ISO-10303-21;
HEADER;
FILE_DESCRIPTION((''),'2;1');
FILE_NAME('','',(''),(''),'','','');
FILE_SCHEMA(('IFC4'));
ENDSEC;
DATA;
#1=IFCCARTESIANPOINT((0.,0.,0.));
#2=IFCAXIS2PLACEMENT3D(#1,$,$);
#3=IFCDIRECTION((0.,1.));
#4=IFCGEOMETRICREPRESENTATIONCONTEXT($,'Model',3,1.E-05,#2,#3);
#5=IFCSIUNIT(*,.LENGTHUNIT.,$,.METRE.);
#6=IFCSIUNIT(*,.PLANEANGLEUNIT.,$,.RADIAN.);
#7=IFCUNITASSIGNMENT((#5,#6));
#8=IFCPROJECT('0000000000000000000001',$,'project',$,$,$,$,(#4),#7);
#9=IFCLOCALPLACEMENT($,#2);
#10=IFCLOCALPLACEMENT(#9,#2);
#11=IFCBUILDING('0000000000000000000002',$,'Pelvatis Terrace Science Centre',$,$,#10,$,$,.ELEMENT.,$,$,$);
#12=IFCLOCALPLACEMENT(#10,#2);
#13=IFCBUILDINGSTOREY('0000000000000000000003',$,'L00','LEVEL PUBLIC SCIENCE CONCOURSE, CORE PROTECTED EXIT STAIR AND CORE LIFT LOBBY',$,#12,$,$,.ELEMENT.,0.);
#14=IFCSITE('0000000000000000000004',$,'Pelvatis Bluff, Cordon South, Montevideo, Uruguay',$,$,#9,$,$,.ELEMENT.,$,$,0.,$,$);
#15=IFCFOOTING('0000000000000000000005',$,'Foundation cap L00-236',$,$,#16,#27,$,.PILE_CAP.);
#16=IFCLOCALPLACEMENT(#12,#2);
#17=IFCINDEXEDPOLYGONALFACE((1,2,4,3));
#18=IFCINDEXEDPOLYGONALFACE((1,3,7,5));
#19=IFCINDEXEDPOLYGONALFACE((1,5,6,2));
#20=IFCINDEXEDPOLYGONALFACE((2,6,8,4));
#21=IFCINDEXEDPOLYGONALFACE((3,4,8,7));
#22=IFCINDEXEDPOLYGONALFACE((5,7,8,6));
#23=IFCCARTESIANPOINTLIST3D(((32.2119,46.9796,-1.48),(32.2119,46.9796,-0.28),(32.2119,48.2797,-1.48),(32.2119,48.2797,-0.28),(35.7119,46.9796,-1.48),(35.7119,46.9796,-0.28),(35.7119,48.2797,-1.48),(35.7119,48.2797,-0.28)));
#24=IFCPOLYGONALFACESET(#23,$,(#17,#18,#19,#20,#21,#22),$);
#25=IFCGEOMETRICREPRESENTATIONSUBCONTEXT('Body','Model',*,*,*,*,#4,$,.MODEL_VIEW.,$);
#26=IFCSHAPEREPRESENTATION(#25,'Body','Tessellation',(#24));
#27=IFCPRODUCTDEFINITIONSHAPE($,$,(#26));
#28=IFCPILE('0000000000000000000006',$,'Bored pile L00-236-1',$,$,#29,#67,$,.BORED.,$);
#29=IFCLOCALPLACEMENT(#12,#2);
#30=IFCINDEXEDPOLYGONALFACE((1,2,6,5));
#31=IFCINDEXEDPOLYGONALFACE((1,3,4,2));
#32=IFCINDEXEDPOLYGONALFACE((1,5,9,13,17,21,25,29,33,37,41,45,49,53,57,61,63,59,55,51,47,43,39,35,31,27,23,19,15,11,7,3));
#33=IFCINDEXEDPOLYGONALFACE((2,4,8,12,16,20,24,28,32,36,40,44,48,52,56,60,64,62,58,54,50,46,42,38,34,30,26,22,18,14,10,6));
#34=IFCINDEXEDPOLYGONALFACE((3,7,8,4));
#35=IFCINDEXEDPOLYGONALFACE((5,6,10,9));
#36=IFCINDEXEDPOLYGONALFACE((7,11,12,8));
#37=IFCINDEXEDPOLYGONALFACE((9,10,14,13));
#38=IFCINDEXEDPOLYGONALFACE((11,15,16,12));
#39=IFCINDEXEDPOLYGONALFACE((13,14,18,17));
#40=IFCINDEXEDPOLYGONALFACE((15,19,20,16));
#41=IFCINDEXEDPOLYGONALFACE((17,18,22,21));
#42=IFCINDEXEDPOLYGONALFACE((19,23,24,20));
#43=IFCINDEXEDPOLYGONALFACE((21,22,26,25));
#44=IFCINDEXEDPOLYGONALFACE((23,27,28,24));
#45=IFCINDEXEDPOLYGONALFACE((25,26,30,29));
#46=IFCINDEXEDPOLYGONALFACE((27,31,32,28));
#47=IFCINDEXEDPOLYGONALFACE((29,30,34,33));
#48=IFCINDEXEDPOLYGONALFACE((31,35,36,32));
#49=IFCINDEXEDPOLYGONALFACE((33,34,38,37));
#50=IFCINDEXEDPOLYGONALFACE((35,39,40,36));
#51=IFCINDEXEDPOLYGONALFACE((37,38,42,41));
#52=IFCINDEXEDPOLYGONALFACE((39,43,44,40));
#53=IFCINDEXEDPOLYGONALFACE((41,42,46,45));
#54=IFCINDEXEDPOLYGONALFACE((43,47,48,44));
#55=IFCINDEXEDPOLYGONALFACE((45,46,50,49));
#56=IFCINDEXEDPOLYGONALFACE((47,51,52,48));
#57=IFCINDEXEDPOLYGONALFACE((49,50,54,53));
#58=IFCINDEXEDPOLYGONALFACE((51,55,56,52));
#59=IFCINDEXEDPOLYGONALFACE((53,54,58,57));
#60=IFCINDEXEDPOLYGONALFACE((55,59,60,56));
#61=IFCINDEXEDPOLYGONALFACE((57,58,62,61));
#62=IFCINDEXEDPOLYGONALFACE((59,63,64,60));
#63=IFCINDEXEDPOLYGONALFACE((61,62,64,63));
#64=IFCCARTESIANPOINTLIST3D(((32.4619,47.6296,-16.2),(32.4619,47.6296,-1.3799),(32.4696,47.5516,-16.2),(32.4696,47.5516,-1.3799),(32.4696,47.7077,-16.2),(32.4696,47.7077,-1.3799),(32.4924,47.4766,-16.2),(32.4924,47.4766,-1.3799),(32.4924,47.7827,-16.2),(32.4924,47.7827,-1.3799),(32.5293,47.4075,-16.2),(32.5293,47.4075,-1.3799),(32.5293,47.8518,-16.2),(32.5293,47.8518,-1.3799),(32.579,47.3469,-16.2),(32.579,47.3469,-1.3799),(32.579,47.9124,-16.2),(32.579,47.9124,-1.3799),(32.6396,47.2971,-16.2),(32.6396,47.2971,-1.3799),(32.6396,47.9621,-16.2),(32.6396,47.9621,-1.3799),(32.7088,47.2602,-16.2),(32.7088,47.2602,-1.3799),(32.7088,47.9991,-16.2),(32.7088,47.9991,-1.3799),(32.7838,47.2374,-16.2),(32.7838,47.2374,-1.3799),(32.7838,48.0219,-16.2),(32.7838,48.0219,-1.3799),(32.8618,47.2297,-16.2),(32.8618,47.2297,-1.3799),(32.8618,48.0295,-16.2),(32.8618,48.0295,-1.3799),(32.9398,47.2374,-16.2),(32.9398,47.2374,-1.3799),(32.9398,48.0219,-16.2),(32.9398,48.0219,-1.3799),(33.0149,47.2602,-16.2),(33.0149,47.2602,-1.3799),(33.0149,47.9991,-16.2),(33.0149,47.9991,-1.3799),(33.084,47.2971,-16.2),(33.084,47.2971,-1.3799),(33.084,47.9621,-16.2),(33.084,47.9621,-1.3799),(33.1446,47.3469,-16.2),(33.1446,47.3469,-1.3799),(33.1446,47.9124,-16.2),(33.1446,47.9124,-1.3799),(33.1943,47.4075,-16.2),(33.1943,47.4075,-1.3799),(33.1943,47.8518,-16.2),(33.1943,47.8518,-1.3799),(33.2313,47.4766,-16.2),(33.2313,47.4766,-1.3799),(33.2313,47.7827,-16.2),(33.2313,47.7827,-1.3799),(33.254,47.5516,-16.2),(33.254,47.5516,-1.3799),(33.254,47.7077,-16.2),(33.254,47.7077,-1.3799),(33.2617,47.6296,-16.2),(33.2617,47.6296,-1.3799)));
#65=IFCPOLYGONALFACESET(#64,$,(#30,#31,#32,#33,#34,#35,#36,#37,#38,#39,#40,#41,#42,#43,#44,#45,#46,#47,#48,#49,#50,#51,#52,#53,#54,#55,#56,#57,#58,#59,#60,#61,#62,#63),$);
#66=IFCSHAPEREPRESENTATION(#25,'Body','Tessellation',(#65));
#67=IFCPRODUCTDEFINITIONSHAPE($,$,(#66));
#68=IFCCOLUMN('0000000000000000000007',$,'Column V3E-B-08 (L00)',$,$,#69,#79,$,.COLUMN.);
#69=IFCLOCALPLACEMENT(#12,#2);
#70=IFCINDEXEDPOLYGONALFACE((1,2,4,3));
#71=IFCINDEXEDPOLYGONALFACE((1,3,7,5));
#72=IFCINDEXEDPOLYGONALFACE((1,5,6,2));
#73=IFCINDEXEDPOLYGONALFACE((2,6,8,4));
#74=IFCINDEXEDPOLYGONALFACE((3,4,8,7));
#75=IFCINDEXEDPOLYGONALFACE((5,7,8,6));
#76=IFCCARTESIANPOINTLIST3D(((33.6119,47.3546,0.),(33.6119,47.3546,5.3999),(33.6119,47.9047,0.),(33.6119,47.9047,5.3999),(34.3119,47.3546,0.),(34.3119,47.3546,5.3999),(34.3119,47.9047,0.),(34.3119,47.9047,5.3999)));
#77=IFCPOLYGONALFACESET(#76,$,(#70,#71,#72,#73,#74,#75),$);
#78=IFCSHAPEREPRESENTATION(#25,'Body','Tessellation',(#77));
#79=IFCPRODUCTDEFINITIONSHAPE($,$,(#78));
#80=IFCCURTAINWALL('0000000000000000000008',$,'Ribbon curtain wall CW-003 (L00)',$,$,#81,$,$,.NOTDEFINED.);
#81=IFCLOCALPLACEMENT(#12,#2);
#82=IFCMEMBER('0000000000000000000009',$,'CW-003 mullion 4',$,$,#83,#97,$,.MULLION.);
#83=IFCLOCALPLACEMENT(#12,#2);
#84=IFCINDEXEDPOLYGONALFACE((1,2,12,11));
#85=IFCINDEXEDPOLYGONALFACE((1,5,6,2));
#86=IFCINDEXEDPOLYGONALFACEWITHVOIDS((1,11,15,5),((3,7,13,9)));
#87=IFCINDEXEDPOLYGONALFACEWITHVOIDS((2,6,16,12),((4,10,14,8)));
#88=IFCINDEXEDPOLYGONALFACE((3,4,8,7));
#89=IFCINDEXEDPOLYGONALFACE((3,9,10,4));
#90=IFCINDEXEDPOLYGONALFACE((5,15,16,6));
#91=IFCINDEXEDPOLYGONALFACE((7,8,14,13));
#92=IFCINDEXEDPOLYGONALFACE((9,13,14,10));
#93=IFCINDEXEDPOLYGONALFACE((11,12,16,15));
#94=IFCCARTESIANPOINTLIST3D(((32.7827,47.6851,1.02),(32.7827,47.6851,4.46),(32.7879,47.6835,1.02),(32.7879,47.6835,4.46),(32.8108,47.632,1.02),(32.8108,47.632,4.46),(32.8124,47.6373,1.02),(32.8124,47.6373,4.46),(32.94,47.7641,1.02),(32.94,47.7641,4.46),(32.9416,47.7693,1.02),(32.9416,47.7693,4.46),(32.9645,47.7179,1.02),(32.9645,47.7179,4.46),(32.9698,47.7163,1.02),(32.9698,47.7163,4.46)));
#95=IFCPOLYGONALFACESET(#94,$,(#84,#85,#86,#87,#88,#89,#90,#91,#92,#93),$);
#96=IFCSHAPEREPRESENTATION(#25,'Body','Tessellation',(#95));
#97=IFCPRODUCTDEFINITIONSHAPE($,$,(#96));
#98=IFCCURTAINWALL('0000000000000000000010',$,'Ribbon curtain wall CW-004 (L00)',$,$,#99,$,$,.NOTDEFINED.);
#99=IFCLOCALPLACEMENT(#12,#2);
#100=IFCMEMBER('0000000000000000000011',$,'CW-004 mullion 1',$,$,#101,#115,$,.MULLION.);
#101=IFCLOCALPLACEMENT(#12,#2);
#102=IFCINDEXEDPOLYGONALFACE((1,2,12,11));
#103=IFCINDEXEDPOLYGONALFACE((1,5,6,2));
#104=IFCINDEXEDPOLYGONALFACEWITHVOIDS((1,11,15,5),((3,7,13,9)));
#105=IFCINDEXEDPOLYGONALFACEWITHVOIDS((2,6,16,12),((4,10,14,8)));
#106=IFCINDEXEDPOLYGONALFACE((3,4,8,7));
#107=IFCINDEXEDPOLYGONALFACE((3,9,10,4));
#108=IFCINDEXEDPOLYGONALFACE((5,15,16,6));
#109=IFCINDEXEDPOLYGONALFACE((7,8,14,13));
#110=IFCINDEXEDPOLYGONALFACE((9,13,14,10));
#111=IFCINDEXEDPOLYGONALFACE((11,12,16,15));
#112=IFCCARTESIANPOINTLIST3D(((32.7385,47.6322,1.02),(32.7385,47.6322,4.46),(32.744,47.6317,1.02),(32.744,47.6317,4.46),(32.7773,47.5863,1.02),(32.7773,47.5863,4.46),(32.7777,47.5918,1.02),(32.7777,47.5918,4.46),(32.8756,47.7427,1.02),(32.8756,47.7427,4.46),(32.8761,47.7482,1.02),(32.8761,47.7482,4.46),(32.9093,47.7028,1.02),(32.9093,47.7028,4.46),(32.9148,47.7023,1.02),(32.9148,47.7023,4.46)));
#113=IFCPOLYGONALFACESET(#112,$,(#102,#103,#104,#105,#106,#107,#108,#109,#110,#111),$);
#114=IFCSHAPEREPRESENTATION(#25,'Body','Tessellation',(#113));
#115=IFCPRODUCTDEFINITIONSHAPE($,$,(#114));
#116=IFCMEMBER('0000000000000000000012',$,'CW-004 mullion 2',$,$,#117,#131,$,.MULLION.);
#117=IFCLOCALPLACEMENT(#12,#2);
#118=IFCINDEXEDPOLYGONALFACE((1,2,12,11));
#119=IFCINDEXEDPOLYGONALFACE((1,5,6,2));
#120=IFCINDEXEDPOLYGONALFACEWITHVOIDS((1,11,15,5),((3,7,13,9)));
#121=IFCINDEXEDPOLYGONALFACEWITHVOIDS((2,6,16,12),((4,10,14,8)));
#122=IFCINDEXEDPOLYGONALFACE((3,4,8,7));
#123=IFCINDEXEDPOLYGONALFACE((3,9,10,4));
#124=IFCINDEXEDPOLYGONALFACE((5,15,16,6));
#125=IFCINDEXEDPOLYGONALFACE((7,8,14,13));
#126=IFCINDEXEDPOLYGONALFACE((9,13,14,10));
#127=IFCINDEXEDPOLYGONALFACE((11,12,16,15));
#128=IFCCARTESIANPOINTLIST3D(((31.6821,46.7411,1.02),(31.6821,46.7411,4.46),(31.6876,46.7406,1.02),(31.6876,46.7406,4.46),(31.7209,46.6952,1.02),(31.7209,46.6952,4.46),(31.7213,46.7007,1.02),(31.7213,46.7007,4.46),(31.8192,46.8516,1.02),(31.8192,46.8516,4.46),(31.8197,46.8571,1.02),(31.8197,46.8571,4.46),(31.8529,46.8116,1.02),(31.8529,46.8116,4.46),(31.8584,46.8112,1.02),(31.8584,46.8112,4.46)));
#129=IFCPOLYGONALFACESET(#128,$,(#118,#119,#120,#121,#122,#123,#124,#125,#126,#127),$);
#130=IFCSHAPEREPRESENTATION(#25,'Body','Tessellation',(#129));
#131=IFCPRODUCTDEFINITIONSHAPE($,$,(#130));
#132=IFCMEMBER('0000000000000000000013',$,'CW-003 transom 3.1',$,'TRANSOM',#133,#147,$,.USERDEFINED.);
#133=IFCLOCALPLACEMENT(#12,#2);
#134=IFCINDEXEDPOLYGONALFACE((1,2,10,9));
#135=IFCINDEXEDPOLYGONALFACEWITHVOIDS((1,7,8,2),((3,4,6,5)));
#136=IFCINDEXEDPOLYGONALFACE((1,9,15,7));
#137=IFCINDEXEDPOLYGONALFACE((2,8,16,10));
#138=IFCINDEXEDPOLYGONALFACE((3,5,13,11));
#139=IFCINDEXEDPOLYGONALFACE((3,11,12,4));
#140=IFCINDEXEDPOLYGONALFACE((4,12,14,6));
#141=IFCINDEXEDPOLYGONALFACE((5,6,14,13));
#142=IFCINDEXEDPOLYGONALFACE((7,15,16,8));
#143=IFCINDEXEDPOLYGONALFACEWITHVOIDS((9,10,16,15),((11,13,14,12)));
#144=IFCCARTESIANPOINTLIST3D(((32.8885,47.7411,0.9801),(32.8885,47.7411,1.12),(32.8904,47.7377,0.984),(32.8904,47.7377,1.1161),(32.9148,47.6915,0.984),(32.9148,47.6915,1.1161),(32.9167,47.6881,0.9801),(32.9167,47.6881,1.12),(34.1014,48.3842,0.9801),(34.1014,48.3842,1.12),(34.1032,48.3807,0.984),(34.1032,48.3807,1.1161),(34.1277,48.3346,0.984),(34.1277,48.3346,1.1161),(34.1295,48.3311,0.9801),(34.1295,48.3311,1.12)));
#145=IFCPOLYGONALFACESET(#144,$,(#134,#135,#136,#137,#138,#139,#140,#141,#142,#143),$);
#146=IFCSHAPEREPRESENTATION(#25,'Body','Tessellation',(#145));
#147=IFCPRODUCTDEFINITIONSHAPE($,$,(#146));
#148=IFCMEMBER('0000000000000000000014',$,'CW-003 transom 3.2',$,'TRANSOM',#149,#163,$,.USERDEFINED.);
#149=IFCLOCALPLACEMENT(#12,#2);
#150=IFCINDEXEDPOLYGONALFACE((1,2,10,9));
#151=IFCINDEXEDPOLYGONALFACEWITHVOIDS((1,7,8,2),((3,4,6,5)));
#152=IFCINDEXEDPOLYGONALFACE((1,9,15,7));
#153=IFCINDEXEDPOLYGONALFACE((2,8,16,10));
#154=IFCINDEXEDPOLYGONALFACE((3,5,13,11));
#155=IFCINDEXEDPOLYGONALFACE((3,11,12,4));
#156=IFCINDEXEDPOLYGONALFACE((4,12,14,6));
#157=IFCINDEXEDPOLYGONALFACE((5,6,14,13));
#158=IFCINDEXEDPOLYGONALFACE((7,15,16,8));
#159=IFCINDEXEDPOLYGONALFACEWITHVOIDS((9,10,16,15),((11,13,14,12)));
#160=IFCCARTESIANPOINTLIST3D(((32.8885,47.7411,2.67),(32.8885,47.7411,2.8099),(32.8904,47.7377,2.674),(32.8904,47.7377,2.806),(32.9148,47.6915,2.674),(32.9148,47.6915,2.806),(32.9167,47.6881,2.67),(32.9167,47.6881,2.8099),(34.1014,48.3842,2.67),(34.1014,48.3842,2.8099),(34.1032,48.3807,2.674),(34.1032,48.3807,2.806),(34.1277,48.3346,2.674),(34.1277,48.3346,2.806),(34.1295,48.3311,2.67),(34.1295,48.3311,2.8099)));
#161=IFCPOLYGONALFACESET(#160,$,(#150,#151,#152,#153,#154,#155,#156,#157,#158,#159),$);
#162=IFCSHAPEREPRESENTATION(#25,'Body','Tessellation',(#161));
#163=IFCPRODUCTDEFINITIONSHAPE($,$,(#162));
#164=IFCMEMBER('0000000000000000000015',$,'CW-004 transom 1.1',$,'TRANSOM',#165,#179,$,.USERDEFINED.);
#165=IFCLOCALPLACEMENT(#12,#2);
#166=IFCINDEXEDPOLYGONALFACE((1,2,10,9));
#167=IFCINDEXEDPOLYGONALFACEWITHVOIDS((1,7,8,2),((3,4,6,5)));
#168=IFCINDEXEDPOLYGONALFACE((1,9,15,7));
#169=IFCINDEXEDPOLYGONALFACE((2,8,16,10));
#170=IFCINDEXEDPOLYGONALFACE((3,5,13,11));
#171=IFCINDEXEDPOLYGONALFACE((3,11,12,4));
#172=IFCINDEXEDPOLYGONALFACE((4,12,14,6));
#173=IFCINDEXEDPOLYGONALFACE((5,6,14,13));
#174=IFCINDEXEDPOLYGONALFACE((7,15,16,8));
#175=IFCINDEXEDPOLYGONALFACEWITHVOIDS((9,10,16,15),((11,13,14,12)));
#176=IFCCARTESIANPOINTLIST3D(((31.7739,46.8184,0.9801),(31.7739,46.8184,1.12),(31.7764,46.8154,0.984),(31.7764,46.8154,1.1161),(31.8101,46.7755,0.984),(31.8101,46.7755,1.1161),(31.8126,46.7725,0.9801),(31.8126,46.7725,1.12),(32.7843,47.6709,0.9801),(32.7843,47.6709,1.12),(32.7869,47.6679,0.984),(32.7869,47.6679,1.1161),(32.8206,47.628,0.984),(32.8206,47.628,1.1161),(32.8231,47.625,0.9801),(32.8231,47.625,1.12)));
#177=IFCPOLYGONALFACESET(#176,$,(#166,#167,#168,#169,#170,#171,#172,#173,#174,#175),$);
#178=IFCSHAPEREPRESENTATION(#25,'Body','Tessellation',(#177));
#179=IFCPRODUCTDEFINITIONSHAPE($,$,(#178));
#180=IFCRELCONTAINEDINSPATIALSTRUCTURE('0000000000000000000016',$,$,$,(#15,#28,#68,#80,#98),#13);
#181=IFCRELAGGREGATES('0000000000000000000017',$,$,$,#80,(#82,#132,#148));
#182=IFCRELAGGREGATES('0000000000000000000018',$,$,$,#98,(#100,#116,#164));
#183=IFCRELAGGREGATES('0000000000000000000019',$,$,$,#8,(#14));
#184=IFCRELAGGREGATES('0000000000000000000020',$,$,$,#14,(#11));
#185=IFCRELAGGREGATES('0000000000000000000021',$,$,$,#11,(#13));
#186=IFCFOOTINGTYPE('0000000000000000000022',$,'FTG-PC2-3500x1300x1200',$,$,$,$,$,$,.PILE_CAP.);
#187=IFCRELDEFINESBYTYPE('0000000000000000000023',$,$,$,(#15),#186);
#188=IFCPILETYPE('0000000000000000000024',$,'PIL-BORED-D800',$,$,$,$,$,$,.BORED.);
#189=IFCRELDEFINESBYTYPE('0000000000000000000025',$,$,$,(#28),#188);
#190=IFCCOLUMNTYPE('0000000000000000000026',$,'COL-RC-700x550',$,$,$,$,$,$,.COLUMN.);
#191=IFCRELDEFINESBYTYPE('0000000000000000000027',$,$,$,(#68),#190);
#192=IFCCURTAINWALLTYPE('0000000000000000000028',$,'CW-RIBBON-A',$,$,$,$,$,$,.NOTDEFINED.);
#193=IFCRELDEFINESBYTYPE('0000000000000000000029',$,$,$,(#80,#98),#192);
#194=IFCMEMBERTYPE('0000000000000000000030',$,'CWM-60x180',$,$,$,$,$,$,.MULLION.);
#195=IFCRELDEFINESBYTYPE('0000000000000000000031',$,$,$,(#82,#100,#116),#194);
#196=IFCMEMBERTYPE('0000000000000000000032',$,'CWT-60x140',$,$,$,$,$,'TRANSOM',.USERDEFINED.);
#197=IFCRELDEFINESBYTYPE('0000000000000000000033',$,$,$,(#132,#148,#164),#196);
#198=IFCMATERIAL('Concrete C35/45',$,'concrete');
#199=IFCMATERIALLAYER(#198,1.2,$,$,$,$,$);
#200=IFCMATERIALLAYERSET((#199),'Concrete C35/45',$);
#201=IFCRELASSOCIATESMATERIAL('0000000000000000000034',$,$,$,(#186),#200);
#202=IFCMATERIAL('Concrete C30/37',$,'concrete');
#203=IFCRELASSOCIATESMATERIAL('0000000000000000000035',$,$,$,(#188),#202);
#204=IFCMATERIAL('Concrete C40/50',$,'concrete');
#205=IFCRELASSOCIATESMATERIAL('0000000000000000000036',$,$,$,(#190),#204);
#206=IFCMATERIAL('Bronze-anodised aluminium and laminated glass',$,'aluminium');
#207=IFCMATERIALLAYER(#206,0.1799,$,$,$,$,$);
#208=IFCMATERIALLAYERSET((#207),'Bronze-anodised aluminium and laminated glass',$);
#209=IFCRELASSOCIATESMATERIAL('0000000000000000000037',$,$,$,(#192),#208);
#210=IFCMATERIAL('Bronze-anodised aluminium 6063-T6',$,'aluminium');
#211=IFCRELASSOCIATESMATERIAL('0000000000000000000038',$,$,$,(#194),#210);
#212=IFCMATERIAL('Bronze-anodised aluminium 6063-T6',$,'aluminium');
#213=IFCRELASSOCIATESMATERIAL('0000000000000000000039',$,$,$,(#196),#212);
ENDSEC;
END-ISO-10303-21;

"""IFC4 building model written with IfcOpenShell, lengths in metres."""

from ifc_helpers import new_model, si_unit, direction, frame, origin, origin_2d, place, context, subcontext, project, spatial, rectangle, hollow_rectangle, circle, extrude, material, layer, layer_set, material_profile, profile_set, type_object, element, aggregate, save


model = new_model("IFC4")

# Units and contexts
model_context = context("Model", 3, precision=1e-05, world=origin(), true_north=direction((0.0, 1.0)))
body_context = subcontext(model_context, "Body", "Model", "MODEL_VIEW")
ifc_project = project(units=[si_unit("LENGTHUNIT", "METRE"), si_unit("PLANEANGLEUNIT", "RADIAN")], contexts=[model_context])

# Site, building, storey
site_placement = place(None, origin())
site = spatial("IfcSite", under=ifc_project, at=site_placement, Name="Pelvatis Bluff, Cordon South, Montevideo, Uruguay", CompositionType="ELEMENT", RefElevation=0.0)
building_placement = place(site_placement, origin())
building = spatial("IfcBuilding", under=site, at=building_placement, Name="Pelvatis Terrace Science Centre", CompositionType="ELEMENT")
storey_placement = place(building_placement, origin())
storey = spatial("IfcBuildingStorey", under=building, at=storey_placement, Name="L00", Description="LEVEL PUBLIC SCIENCE CONCOURSE, CORE PROTECTED EXIT STAIR AND CORE LIFT LOBBY", CompositionType="ELEMENT", Elevation=0.0)

# Footing
ifc_material_1 = material(Name="Concrete C35/45", Category="concrete")
ifc_layer_1 = layer(ifc_material_1, 1.2)
ifc_layer_set_1 = layer_set([ifc_layer_1], Name="Concrete C35/45")
footing_type = type_object("IfcFootingType", Name="FTG-PC2-3500x1300x1200", PredefinedType="PILE_CAP", material=ifc_layer_set_1)
footing_placement = place(storey_placement, frame((33.9619, 47.6296, -1.48), z_axis=(0.0, 0.0, 1.0), x_axis=(1.0, 0.0, 0.0)))
element("IfcFooting", 1, at=footing_placement, inside=storey, type_object=footing_type, Name="Foundation cap L00-236", PredefinedType="PILE_CAP", context=body_context, shape_type="SweptSolid", body=[
    extrude(rectangle(XDim=3.5, YDim=1.3, at=origin_2d()), origin(), (0.0, 0.0, 1.0), 1.2),
])

# Pile
ifc_material_2 = material(Name="Concrete C30/37", Category="concrete")
ifc_material_profile_1 = material_profile(ifc_material_2, circle(Radius=0.3999, at=origin_2d()), Name="PILE D800")
ifc_profile_set_1 = profile_set([ifc_material_profile_1], Name="Concrete C30/37")
pile_type = type_object("IfcPileType", Name="PIL-BORED-D800", PredefinedType="BORED", material=ifc_profile_set_1)
pile_placement = place(storey_placement, frame((32.8618, 47.6296, -1.3799), z_axis=(0.0, 0.0, -1.0), x_axis=(1.0, 0.0, 0.0)))
element("IfcPile", 2, at=pile_placement, inside=storey, type_object=pile_type, Name="Bored pile L00-236-1", PredefinedType="BORED", context=body_context, shape_type="SweptSolid", body=[
    extrude(circle(Radius=0.3999, at=origin_2d()), origin(), (0.0, 0.0, 1.0), 14.8201),
])

# Column
ifc_material_3 = material(Name="Concrete C40/50", Category="concrete")
ifc_material_profile_2 = material_profile(ifc_material_3, rectangle(XDim=0.7, YDim=0.55, at=origin_2d()), Name="RC-COL 700x550")
ifc_profile_set_2 = profile_set([ifc_material_profile_2], Name="Concrete C40/50")
column_type = type_object("IfcColumnType", Name="COL-RC-700x550", PredefinedType="COLUMN", material=ifc_profile_set_2)
column_placement = place(storey_placement, frame((33.9619, 47.6296, 0.0), z_axis=(0.0, 0.0, 1.0), x_axis=(1.0, 0.0, 0.0)))
element("IfcColumn", 3, at=column_placement, inside=storey, type_object=column_type, Name="Column V3E-B-08 (L00)", PredefinedType="COLUMN", context=body_context, shape_type="SweptSolid", body=[
    extrude(rectangle(XDim=0.7, YDim=0.55, at=origin_2d()), origin(), (0.0, 0.0, 1.0), 5.3999),
])

# Curtain wall, member
ifc_material_4 = material(Name="Bronze-anodised aluminium and laminated glass", Category="aluminium")
ifc_layer_2 = layer(ifc_material_4, 0.1799)
ifc_layer_set_2 = layer_set([ifc_layer_2], Name="Bronze-anodised aluminium and laminated glass")
curtain_wall_type = type_object("IfcCurtainWallType", Name="CW-RIBBON-A", PredefinedType="NOTDEFINED", material=ifc_layer_set_2)
curtain_wall_1_placement = place(storey_placement, origin())
curtain_wall_1 = element("IfcCurtainWall", 4, at=curtain_wall_1_placement, inside=storey, type_object=curtain_wall_type, Name="Ribbon curtain wall CW-003 (L00)", PredefinedType="NOTDEFINED")
ifc_material_5 = material(Name="Bronze-anodised aluminium 6063-T6", Category="aluminium")
ifc_material_profile_3 = material_profile(ifc_material_5, hollow_rectangle(XDim=0.0601, YDim=0.1799, WallThickness=0.0039, at=origin_2d()), Name="ALU-MUL 60x180")
ifc_profile_set_3 = profile_set([ifc_material_profile_3], Name="Bronze-anodised aluminium 6063-T6")
member_type_1 = type_object("IfcMemberType", Name="CWM-60x180", PredefinedType="MULLION", material=ifc_profile_set_3)
member_1_placement = place(storey_placement, frame((32.8762, 47.7007, 1.02), z_axis=(0.0, 0.0, 1.0), x_axis=(0.468298, -0.883571, 0.0)))
member_1 = element("IfcMember", 5, at=member_1_placement, type_object=member_type_1, Name="CW-003 mullion 4", PredefinedType="MULLION", context=body_context, shape_type="SweptSolid", body=[
    extrude(hollow_rectangle(XDim=0.0601, YDim=0.1799, WallThickness=0.0039, at=origin_2d()), origin(), (0.0, 0.0, 1.0), 3.4399),
])

# Curtain wall, members
curtain_wall_2_placement = place(storey_placement, origin())
curtain_wall_2 = element("IfcCurtainWall", 6, at=curtain_wall_2_placement, inside=storey, type_object=curtain_wall_type, Name="Ribbon curtain wall CW-004 (L00)", PredefinedType="NOTDEFINED")
member_2_placement = place(storey_placement, frame((32.8267, 47.6672, 1.02), z_axis=(0.0, 0.0, 1.0), x_axis=(0.644768, -0.764378, 0.0)))
member_2 = element("IfcMember", 7, at=member_2_placement, type_object=member_type_1, Name="CW-004 mullion 1", PredefinedType="MULLION", context=body_context, shape_type="SweptSolid", body=[
    extrude(hollow_rectangle(XDim=0.0601, YDim=0.1799, WallThickness=0.0039, at=origin_2d()), origin(), (0.0, 0.0, 1.0), 3.4399),
])
member_3_placement = place(storey_placement, frame((31.7703, 46.7761, 1.02), z_axis=(0.0, 0.0, 1.0), x_axis=(0.644768, -0.764378, 0.0)))
member_3 = element("IfcMember", 8, at=member_3_placement, type_object=member_type_1, Name="CW-004 mullion 2", PredefinedType="MULLION", context=body_context, shape_type="SweptSolid", body=[
    extrude(hollow_rectangle(XDim=0.0601, YDim=0.1799, WallThickness=0.0039, at=origin_2d()), origin(), (0.0, 0.0, 1.0), 3.4399),
])

# Members
ifc_material_6 = material(Name="Bronze-anodised aluminium 6063-T6", Category="aluminium")
ifc_material_profile_4 = material_profile(ifc_material_6, hollow_rectangle(XDim=0.0601, YDim=0.1399, WallThickness=0.0039, at=origin_2d()), Name="ALU-TRN 60x140")
ifc_profile_set_4 = profile_set([ifc_material_profile_4], Name="Bronze-anodised aluminium 6063-T6")
member_type_2 = type_object("IfcMemberType", Name="CWT-60x140", ElementType="TRANSOM", PredefinedType="USERDEFINED", material=ifc_profile_set_4)
member_4_placement = place(storey_placement, frame((34.1155, 48.3577, 1.05), z_axis=(-0.883502, -0.468427, 0.0), x_axis=(0.468427, -0.883502, 0.0)))
member_4 = element("IfcMember", 9, at=member_4_placement, type_object=member_type_2, Name="CW-003 transom 3.1", ObjectType="TRANSOM", PredefinedType="USERDEFINED", context=body_context, shape_type="SweptSolid", body=[
    extrude(hollow_rectangle(XDim=0.0601, YDim=0.1399, WallThickness=0.0039, at=origin_2d()), origin(), (0.0, 0.0, 1.0), 1.3728),
])
member_5_placement = place(storey_placement, frame((34.1155, 48.3577, 2.74), z_axis=(-0.883502, -0.468427, 0.0), x_axis=(0.468427, -0.883502, 0.0)))
member_5 = element("IfcMember", 10, at=member_5_placement, type_object=member_type_2, Name="CW-003 transom 3.2", ObjectType="TRANSOM", PredefinedType="USERDEFINED", context=body_context, shape_type="SweptSolid", body=[
    extrude(hollow_rectangle(XDim=0.0601, YDim=0.1399, WallThickness=0.0039, at=origin_2d()), origin(), (0.0, 0.0, 1.0), 1.3728),
])
member_6_placement = place(storey_placement, frame((32.8037, 47.6479, 1.05), z_axis=(-0.764317, -0.644841, 0.0), x_axis=(0.644841, -0.764317, 0.0)))
member_6 = element("IfcMember", 11, at=member_6_placement, type_object=member_type_2, Name="CW-004 transom 1.1", ObjectType="TRANSOM", PredefinedType="USERDEFINED", context=body_context, shape_type="SweptSolid", body=[
    extrude(hollow_rectangle(XDim=0.0601, YDim=0.1399, WallThickness=0.0039, at=origin_2d()), origin(), (0.0, 0.0, 1.0), 1.322),
])

aggregate(curtain_wall_1, [member_1, member_4, member_5])
aggregate(curtain_wall_2, [member_2, member_3, member_6])

save(model, "model.ifc")
